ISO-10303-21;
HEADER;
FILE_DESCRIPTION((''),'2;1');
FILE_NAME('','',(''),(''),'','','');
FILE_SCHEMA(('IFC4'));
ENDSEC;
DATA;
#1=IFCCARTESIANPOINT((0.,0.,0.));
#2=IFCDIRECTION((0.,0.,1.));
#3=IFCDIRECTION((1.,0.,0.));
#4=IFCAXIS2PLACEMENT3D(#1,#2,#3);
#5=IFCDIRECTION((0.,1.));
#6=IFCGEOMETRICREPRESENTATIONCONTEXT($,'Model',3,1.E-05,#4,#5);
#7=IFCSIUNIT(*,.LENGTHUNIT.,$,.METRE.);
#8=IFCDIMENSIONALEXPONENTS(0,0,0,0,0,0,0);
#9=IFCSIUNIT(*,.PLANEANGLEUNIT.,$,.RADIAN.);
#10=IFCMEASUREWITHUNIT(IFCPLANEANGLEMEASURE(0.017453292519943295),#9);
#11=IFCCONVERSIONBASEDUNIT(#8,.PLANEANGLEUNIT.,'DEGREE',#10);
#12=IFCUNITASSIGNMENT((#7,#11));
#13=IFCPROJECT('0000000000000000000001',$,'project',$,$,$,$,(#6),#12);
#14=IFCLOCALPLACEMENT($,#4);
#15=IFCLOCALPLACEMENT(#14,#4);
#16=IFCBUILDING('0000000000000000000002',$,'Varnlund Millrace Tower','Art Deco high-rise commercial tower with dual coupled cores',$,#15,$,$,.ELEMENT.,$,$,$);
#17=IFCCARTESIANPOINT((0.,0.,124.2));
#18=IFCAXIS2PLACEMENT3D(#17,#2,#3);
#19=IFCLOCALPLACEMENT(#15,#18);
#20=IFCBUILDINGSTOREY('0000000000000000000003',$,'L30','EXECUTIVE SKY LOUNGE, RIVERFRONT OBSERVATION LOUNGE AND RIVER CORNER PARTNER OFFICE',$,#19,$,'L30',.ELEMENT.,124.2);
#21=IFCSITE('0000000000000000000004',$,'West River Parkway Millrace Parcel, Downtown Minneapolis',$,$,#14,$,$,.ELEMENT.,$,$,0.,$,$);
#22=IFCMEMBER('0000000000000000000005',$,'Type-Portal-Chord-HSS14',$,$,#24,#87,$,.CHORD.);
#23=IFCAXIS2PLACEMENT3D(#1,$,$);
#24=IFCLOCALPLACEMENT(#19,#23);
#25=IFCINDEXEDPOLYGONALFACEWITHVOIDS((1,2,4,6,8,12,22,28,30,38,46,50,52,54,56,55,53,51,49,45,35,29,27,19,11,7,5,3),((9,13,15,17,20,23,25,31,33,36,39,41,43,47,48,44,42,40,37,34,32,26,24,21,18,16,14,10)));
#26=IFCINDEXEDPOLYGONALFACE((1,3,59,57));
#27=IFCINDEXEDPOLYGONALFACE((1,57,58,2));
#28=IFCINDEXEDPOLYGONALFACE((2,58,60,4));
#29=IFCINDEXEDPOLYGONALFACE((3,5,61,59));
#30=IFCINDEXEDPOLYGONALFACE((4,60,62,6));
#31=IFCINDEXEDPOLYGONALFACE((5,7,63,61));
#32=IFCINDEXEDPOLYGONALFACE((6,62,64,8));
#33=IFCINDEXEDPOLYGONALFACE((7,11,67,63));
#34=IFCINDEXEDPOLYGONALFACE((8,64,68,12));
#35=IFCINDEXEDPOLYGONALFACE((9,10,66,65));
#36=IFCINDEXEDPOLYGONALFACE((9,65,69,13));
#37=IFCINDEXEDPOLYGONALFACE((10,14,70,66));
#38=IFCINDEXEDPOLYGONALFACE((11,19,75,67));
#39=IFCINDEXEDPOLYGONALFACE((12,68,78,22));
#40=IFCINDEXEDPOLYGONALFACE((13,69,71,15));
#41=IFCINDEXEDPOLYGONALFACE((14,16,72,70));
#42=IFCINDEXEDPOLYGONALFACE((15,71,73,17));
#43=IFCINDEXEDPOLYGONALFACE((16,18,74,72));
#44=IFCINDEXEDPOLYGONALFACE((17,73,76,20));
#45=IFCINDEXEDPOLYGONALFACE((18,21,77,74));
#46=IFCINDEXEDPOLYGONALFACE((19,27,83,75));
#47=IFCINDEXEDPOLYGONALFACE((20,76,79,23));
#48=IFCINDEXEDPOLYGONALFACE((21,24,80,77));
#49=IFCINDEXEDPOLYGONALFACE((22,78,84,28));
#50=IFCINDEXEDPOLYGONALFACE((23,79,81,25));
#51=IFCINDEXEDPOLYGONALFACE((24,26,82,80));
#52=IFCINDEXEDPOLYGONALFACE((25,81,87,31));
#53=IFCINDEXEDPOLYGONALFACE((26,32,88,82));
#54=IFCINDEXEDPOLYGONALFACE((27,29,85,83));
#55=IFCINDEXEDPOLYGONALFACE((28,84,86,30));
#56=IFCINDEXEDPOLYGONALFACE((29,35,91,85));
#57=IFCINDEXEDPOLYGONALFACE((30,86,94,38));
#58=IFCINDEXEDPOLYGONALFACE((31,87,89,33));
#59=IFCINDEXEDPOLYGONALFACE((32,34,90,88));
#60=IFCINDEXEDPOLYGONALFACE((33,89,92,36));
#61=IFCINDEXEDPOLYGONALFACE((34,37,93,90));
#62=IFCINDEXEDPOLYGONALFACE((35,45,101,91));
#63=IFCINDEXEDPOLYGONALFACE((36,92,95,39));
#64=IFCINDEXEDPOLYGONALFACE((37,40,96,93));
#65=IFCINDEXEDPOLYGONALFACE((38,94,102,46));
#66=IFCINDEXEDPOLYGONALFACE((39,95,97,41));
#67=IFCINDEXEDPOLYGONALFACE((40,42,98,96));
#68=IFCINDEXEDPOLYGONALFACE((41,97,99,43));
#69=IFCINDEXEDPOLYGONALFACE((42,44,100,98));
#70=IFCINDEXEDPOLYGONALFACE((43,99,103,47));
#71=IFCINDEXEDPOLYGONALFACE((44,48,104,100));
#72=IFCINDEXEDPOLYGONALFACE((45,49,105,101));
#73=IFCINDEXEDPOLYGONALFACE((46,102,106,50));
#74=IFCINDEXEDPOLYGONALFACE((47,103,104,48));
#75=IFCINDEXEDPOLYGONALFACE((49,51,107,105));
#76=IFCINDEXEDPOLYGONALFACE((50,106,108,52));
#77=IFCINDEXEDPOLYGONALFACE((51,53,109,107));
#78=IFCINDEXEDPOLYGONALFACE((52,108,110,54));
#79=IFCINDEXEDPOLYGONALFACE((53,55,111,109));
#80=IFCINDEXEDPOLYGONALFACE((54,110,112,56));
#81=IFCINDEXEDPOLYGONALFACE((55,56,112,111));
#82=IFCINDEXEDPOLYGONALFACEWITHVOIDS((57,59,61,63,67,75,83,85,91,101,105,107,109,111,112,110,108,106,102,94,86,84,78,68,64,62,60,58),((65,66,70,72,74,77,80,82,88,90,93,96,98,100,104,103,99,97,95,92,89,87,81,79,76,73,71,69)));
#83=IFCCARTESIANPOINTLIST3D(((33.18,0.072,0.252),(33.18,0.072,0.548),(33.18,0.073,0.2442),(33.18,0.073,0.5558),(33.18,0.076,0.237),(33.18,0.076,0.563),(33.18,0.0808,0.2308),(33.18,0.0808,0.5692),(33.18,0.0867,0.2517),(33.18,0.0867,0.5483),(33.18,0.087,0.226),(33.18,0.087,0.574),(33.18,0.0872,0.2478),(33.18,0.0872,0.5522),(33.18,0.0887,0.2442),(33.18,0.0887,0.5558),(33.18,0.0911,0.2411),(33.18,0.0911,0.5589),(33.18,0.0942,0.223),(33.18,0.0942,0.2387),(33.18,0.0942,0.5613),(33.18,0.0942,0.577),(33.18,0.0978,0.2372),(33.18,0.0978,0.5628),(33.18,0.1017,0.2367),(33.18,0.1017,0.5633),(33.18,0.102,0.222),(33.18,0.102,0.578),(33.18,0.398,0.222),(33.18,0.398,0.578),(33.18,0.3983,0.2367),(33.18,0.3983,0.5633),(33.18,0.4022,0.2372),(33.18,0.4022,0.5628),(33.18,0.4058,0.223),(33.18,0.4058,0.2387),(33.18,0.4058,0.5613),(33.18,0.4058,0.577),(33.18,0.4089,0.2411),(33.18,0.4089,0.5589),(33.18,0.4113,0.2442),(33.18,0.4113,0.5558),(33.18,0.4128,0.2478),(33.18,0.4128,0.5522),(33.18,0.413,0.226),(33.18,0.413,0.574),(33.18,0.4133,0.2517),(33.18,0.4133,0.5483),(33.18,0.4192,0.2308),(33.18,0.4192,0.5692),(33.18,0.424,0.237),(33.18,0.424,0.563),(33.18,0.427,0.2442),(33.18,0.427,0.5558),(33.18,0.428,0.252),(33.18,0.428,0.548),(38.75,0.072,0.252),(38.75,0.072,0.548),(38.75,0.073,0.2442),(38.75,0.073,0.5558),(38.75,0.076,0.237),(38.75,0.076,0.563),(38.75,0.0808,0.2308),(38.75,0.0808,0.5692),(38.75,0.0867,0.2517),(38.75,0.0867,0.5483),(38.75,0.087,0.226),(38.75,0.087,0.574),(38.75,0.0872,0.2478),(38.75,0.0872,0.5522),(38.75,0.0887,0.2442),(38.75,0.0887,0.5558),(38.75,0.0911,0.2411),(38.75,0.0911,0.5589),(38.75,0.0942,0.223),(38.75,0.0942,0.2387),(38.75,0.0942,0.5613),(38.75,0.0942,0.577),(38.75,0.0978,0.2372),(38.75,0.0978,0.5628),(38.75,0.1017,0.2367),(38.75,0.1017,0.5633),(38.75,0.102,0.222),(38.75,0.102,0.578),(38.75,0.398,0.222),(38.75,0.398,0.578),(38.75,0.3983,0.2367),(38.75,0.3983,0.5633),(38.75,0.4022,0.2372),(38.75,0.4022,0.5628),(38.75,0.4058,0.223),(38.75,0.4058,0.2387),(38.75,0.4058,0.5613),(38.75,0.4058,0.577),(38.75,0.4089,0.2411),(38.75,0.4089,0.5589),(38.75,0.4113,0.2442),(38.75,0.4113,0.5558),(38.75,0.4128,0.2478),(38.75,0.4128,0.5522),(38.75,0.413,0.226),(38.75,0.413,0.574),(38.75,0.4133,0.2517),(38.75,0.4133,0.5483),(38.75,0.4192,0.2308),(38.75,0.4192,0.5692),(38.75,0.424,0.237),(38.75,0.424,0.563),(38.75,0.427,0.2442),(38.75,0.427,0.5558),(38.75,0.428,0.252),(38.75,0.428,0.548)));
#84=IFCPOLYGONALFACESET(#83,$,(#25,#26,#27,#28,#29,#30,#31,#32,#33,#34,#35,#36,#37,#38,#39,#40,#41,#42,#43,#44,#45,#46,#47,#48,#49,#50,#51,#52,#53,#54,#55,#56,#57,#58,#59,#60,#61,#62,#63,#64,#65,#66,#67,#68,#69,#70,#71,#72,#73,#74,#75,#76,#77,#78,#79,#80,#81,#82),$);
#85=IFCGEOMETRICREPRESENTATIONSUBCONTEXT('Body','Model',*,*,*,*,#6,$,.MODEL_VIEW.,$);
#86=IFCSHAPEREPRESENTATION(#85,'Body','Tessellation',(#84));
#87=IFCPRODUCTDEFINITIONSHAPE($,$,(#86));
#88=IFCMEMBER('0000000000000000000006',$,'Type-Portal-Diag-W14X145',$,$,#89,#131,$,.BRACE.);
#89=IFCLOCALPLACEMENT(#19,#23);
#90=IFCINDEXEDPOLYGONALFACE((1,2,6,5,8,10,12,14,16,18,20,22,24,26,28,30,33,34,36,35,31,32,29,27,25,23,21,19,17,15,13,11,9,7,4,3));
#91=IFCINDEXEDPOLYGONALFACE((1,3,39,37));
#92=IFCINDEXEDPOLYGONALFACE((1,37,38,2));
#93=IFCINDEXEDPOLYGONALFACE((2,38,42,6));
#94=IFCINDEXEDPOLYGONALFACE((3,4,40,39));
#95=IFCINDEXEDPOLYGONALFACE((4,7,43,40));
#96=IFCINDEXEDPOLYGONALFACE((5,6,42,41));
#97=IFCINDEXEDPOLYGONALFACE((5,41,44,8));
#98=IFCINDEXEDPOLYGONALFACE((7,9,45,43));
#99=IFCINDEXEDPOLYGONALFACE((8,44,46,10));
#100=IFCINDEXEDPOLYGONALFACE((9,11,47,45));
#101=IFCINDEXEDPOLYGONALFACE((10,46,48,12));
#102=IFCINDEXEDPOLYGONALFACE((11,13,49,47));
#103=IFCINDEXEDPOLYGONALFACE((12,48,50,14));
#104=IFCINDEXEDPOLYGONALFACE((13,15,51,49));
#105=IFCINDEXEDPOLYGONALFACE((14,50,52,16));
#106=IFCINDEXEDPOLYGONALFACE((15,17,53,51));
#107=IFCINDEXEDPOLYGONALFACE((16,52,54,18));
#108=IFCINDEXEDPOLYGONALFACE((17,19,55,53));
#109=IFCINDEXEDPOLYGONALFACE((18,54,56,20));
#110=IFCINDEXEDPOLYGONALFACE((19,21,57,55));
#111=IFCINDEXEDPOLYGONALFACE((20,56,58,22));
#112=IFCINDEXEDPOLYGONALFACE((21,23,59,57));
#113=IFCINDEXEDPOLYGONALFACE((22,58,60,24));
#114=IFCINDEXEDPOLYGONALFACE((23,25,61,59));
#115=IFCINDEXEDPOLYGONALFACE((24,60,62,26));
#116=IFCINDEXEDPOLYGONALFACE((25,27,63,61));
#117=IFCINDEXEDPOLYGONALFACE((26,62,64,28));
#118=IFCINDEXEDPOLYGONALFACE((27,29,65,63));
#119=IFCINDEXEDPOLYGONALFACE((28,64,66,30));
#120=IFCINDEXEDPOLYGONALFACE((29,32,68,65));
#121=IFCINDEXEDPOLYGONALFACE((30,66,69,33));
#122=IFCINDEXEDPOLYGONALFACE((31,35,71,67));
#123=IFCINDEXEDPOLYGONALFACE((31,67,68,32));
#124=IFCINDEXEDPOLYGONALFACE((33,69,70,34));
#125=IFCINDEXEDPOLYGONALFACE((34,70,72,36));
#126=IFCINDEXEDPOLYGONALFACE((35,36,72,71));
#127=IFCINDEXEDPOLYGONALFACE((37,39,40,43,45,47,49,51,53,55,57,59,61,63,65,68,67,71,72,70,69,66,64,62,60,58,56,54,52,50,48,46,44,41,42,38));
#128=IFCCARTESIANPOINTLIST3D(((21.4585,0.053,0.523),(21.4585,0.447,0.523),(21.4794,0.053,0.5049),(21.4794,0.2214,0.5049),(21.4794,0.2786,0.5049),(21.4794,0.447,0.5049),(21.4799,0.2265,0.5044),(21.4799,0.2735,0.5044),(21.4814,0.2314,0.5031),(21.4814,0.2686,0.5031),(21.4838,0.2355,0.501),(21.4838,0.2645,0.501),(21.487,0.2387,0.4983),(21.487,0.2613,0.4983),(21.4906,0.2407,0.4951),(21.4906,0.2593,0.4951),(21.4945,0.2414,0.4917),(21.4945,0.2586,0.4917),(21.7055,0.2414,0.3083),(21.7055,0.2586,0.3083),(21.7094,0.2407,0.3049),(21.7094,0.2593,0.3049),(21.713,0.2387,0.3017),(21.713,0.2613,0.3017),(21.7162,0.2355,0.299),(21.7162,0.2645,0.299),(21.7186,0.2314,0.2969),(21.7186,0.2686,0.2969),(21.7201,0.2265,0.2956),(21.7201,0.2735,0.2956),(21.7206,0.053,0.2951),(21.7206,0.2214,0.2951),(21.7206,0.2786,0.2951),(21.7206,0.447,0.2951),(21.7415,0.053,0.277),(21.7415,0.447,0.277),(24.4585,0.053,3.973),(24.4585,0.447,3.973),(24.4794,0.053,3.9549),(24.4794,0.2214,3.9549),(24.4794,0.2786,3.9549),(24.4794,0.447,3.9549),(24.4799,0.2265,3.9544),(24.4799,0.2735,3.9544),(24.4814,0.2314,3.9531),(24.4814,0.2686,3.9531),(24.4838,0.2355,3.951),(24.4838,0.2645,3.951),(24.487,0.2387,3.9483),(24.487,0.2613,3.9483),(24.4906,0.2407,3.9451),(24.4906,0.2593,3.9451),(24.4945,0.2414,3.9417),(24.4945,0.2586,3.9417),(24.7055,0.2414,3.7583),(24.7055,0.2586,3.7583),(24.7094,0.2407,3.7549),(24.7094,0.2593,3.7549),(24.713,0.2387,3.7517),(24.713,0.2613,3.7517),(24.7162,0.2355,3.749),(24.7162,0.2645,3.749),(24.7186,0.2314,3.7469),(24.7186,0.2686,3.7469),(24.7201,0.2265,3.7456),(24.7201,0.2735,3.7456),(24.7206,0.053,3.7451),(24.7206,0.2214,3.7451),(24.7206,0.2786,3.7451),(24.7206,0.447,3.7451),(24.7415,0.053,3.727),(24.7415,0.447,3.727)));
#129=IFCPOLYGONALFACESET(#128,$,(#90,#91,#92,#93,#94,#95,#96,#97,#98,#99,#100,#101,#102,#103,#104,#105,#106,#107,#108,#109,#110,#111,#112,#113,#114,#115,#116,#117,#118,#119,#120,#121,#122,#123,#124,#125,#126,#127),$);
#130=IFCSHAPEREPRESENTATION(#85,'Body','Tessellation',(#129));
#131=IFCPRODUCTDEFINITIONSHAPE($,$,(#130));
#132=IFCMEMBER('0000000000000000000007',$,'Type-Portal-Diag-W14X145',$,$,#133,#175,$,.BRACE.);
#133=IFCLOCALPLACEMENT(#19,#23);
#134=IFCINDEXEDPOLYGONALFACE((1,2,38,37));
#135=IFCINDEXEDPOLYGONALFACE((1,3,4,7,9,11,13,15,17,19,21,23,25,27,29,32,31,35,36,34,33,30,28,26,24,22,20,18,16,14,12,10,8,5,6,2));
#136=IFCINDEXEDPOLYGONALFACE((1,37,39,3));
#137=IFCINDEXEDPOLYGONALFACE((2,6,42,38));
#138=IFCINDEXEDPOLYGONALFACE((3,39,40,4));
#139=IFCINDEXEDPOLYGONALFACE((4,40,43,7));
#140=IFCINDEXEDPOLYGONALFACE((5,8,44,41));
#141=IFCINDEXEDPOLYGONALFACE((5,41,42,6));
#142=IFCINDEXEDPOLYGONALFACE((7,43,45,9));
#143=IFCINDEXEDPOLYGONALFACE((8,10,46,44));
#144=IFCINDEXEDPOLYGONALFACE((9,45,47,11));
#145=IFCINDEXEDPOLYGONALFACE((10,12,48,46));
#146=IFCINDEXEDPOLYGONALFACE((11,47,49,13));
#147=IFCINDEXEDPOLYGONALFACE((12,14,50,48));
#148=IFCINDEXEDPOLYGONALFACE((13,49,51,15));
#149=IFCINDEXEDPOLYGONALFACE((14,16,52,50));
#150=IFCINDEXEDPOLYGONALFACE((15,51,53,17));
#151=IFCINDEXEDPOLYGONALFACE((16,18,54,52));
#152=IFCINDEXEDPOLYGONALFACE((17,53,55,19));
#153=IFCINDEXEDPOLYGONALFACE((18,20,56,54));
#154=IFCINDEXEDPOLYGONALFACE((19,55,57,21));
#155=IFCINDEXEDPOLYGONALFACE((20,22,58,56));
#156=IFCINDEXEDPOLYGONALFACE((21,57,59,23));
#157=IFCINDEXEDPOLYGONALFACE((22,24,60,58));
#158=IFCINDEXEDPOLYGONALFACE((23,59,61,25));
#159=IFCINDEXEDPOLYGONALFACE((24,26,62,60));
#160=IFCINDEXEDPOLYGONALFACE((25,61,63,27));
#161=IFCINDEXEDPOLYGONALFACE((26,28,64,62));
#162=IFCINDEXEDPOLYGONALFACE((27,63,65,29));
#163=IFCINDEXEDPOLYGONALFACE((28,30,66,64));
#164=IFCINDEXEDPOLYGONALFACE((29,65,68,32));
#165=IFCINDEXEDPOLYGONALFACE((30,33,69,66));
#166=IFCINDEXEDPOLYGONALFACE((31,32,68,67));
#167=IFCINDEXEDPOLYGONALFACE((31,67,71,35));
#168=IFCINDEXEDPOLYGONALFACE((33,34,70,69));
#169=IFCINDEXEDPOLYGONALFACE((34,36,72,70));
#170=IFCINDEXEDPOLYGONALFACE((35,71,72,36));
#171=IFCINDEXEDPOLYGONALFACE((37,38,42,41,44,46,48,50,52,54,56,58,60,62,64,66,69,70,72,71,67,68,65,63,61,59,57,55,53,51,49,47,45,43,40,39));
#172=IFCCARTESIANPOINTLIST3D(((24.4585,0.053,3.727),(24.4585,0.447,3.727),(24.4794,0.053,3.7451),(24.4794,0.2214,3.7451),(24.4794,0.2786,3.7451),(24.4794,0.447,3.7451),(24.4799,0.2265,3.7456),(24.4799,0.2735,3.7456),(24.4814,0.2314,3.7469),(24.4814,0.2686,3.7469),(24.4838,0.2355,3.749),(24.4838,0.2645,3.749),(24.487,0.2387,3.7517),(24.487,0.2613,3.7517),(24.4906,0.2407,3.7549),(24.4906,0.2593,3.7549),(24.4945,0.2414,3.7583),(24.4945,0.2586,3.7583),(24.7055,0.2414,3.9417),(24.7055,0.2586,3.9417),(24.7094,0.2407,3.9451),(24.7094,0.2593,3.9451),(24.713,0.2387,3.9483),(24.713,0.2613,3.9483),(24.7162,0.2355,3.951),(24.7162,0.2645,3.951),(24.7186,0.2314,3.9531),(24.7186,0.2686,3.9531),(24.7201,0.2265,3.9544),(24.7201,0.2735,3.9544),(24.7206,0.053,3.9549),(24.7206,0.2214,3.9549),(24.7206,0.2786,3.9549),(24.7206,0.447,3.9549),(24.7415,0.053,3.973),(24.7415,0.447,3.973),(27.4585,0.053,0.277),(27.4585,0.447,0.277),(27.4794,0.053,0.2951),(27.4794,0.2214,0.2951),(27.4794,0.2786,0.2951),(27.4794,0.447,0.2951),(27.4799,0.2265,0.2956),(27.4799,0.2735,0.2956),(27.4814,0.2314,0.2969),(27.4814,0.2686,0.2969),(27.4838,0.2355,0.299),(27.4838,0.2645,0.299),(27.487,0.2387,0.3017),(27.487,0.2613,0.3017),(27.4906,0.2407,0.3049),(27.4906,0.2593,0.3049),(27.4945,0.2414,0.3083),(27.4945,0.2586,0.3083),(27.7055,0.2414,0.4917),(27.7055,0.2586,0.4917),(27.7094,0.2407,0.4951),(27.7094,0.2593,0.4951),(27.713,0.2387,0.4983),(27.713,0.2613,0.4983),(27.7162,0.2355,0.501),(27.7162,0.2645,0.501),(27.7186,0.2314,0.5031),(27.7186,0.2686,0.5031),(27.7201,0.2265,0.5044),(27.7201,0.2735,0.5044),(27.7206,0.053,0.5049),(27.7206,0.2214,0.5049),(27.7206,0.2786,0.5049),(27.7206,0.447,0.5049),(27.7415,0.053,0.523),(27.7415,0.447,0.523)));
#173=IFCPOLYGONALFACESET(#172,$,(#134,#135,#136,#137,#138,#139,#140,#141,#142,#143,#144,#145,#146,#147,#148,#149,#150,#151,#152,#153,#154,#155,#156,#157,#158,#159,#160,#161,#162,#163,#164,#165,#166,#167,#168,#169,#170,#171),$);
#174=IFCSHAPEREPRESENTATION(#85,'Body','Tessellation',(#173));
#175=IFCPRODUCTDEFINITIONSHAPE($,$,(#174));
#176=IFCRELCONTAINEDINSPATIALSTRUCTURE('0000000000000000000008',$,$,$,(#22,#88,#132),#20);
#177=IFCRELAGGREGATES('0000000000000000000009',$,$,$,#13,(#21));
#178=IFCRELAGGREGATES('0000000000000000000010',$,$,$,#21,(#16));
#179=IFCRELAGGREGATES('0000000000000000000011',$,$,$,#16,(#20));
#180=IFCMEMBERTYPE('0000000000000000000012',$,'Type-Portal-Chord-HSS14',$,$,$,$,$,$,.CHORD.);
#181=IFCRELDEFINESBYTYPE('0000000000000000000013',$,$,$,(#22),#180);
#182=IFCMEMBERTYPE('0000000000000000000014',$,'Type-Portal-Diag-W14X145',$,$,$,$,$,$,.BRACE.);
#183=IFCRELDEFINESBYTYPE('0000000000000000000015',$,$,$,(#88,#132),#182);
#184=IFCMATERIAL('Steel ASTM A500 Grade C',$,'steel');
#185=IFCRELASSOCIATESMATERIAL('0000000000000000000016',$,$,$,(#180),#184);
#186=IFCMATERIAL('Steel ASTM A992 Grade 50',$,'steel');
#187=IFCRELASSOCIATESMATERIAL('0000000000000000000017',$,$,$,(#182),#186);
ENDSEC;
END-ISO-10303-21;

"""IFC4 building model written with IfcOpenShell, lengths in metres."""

from ifc_helpers import new_model, entity, si_unit, converted_unit, direction, frame, origin_with_axes, origin_2d_with_axis, place, context, subcontext, project, spatial, hollow_rectangle, i_section, extrude, material, material_profile, profile_set, type_object, element, save


model = new_model("IFC4")

# Units and contexts
model_context = context("Model", 3, precision=1e-05, world=origin_with_axes(), true_north=direction((0.0, 1.0)))
body_context = subcontext(model_context, "Body", "Model", "MODEL_VIEW")
ifc_project = project(units=[si_unit("LENGTHUNIT", "METRE"), converted_unit("PLANEANGLEUNIT", "DEGREE", entity("IfcPlaneAngleMeasure", 0.017453292519943295), si_unit("PLANEANGLEUNIT", "RADIAN"), dimensions=[0, 0, 0, 0, 0, 0, 0])], contexts=[model_context])

# Site, building, storey
site_placement = place(None, origin_with_axes())
site = spatial("IfcSite", under=ifc_project, at=site_placement, Name="West River Parkway Millrace Parcel, Downtown Minneapolis", CompositionType="ELEMENT", RefElevation=0.0)
building_placement = place(site_placement, origin_with_axes())
building = spatial("IfcBuilding", under=site, at=building_placement, Name="Varnlund Millrace Tower", Description="Art Deco high-rise commercial tower with dual coupled cores", CompositionType="ELEMENT")
storey_placement = place(building_placement, frame((0.0, 0.0, 124.2), z_axis=(0.0, 0.0, 1.0), x_axis=(1.0, 0.0, 0.0)))
storey = spatial("IfcBuildingStorey", under=building, at=storey_placement, Name="L30", Description="EXECUTIVE SKY LOUNGE, RIVERFRONT OBSERVATION LOUNGE AND RIVER CORNER PARTNER OFFICE", LongName="L30", CompositionType="ELEMENT", Elevation=124.2)

# Shared definitions
ifc_material_1 = material(Name="Steel ASTM A992 Grade 50", Category="steel")

# Members
ifc_material_2 = material(Name="Steel ASTM A500 Grade C", Category="steel")
ifc_material_profile_1 = material_profile(ifc_material_2, hollow_rectangle(XDim=0.356, YDim=0.356, WallThickness=0.0147, InnerFilletRadius=0.015, OuterFilletRadius=0.03, at=origin_2d_with_axis()), Name="Steel ASTM A500 Grade C")
ifc_profile_set_1 = profile_set([ifc_material_profile_1], Name="Steel ASTM A500 Grade C")
member_type_1 = type_object("IfcMemberType", Name="Type-Portal-Chord-HSS14", PredefinedType="CHORD", material=ifc_profile_set_1)
member_1_placement = place(storey_placement, frame((33.18, 0.25, 0.4), z_axis=(1.0, 0.0, 0.0), x_axis=(0.0, 1.0, 0.0)))
element("IfcMember", 1, at=member_1_placement, inside=storey, type_object=member_type_1, Name="Type-Portal-Chord-HSS14", PredefinedType="CHORD", context=body_context, shape_type="SweptSolid", body=[
    extrude(hollow_rectangle(XDim=0.356, YDim=0.356, WallThickness=0.0147, InnerFilletRadius=0.015, OuterFilletRadius=0.03, at=origin_2d_with_axis()), origin_with_axes(), (0.0, 0.0, 1.0), 5.57),
])
ifc_material_profile_2 = material_profile(ifc_material_1, i_section(OverallWidth=0.394, OverallDepth=0.375, WebThickness=0.0173, FlangeThickness=0.0277, FilletRadius=0.02, at=origin_2d_with_axis()), Name="Steel ASTM A992 Grade 50")
ifc_profile_set_2 = profile_set([ifc_material_profile_2], Name="Steel ASTM A992 Grade 50")
member_type_2 = type_object("IfcMemberType", Name="Type-Portal-Diag-W14X145", PredefinedType="BRACE", material=ifc_profile_set_2)
for number, where, z_axis, x_axis, name in (
    (2, (21.6, 0.25, 0.4), (0.656179, 0.0, 0.754606), (0.0, 1.0, 0.0), "Type-Portal-Diag-W14X145"),
    (3, (24.6, 0.25, 3.85), (0.656179, 0.0, -0.754606), (0.0, 1.0, 0.0), "Type-Portal-Diag-W14X145"),
):
    element("IfcMember", number, at=place(storey_placement, frame(where, z_axis=z_axis, x_axis=x_axis)), inside=storey, type_object=member_type_2, Name=name, PredefinedType="BRACE", context=body_context, shape_type="SweptSolid", body=[
        extrude(i_section(OverallWidth=0.394, OverallDepth=0.375, WebThickness=0.0173, FlangeThickness=0.0277, FilletRadius=0.02, at=origin_2d_with_axis()), origin_with_axes(), (0.0, 0.0, 1.0), 4.5719),
    ])

save(model, "model.ifc")
